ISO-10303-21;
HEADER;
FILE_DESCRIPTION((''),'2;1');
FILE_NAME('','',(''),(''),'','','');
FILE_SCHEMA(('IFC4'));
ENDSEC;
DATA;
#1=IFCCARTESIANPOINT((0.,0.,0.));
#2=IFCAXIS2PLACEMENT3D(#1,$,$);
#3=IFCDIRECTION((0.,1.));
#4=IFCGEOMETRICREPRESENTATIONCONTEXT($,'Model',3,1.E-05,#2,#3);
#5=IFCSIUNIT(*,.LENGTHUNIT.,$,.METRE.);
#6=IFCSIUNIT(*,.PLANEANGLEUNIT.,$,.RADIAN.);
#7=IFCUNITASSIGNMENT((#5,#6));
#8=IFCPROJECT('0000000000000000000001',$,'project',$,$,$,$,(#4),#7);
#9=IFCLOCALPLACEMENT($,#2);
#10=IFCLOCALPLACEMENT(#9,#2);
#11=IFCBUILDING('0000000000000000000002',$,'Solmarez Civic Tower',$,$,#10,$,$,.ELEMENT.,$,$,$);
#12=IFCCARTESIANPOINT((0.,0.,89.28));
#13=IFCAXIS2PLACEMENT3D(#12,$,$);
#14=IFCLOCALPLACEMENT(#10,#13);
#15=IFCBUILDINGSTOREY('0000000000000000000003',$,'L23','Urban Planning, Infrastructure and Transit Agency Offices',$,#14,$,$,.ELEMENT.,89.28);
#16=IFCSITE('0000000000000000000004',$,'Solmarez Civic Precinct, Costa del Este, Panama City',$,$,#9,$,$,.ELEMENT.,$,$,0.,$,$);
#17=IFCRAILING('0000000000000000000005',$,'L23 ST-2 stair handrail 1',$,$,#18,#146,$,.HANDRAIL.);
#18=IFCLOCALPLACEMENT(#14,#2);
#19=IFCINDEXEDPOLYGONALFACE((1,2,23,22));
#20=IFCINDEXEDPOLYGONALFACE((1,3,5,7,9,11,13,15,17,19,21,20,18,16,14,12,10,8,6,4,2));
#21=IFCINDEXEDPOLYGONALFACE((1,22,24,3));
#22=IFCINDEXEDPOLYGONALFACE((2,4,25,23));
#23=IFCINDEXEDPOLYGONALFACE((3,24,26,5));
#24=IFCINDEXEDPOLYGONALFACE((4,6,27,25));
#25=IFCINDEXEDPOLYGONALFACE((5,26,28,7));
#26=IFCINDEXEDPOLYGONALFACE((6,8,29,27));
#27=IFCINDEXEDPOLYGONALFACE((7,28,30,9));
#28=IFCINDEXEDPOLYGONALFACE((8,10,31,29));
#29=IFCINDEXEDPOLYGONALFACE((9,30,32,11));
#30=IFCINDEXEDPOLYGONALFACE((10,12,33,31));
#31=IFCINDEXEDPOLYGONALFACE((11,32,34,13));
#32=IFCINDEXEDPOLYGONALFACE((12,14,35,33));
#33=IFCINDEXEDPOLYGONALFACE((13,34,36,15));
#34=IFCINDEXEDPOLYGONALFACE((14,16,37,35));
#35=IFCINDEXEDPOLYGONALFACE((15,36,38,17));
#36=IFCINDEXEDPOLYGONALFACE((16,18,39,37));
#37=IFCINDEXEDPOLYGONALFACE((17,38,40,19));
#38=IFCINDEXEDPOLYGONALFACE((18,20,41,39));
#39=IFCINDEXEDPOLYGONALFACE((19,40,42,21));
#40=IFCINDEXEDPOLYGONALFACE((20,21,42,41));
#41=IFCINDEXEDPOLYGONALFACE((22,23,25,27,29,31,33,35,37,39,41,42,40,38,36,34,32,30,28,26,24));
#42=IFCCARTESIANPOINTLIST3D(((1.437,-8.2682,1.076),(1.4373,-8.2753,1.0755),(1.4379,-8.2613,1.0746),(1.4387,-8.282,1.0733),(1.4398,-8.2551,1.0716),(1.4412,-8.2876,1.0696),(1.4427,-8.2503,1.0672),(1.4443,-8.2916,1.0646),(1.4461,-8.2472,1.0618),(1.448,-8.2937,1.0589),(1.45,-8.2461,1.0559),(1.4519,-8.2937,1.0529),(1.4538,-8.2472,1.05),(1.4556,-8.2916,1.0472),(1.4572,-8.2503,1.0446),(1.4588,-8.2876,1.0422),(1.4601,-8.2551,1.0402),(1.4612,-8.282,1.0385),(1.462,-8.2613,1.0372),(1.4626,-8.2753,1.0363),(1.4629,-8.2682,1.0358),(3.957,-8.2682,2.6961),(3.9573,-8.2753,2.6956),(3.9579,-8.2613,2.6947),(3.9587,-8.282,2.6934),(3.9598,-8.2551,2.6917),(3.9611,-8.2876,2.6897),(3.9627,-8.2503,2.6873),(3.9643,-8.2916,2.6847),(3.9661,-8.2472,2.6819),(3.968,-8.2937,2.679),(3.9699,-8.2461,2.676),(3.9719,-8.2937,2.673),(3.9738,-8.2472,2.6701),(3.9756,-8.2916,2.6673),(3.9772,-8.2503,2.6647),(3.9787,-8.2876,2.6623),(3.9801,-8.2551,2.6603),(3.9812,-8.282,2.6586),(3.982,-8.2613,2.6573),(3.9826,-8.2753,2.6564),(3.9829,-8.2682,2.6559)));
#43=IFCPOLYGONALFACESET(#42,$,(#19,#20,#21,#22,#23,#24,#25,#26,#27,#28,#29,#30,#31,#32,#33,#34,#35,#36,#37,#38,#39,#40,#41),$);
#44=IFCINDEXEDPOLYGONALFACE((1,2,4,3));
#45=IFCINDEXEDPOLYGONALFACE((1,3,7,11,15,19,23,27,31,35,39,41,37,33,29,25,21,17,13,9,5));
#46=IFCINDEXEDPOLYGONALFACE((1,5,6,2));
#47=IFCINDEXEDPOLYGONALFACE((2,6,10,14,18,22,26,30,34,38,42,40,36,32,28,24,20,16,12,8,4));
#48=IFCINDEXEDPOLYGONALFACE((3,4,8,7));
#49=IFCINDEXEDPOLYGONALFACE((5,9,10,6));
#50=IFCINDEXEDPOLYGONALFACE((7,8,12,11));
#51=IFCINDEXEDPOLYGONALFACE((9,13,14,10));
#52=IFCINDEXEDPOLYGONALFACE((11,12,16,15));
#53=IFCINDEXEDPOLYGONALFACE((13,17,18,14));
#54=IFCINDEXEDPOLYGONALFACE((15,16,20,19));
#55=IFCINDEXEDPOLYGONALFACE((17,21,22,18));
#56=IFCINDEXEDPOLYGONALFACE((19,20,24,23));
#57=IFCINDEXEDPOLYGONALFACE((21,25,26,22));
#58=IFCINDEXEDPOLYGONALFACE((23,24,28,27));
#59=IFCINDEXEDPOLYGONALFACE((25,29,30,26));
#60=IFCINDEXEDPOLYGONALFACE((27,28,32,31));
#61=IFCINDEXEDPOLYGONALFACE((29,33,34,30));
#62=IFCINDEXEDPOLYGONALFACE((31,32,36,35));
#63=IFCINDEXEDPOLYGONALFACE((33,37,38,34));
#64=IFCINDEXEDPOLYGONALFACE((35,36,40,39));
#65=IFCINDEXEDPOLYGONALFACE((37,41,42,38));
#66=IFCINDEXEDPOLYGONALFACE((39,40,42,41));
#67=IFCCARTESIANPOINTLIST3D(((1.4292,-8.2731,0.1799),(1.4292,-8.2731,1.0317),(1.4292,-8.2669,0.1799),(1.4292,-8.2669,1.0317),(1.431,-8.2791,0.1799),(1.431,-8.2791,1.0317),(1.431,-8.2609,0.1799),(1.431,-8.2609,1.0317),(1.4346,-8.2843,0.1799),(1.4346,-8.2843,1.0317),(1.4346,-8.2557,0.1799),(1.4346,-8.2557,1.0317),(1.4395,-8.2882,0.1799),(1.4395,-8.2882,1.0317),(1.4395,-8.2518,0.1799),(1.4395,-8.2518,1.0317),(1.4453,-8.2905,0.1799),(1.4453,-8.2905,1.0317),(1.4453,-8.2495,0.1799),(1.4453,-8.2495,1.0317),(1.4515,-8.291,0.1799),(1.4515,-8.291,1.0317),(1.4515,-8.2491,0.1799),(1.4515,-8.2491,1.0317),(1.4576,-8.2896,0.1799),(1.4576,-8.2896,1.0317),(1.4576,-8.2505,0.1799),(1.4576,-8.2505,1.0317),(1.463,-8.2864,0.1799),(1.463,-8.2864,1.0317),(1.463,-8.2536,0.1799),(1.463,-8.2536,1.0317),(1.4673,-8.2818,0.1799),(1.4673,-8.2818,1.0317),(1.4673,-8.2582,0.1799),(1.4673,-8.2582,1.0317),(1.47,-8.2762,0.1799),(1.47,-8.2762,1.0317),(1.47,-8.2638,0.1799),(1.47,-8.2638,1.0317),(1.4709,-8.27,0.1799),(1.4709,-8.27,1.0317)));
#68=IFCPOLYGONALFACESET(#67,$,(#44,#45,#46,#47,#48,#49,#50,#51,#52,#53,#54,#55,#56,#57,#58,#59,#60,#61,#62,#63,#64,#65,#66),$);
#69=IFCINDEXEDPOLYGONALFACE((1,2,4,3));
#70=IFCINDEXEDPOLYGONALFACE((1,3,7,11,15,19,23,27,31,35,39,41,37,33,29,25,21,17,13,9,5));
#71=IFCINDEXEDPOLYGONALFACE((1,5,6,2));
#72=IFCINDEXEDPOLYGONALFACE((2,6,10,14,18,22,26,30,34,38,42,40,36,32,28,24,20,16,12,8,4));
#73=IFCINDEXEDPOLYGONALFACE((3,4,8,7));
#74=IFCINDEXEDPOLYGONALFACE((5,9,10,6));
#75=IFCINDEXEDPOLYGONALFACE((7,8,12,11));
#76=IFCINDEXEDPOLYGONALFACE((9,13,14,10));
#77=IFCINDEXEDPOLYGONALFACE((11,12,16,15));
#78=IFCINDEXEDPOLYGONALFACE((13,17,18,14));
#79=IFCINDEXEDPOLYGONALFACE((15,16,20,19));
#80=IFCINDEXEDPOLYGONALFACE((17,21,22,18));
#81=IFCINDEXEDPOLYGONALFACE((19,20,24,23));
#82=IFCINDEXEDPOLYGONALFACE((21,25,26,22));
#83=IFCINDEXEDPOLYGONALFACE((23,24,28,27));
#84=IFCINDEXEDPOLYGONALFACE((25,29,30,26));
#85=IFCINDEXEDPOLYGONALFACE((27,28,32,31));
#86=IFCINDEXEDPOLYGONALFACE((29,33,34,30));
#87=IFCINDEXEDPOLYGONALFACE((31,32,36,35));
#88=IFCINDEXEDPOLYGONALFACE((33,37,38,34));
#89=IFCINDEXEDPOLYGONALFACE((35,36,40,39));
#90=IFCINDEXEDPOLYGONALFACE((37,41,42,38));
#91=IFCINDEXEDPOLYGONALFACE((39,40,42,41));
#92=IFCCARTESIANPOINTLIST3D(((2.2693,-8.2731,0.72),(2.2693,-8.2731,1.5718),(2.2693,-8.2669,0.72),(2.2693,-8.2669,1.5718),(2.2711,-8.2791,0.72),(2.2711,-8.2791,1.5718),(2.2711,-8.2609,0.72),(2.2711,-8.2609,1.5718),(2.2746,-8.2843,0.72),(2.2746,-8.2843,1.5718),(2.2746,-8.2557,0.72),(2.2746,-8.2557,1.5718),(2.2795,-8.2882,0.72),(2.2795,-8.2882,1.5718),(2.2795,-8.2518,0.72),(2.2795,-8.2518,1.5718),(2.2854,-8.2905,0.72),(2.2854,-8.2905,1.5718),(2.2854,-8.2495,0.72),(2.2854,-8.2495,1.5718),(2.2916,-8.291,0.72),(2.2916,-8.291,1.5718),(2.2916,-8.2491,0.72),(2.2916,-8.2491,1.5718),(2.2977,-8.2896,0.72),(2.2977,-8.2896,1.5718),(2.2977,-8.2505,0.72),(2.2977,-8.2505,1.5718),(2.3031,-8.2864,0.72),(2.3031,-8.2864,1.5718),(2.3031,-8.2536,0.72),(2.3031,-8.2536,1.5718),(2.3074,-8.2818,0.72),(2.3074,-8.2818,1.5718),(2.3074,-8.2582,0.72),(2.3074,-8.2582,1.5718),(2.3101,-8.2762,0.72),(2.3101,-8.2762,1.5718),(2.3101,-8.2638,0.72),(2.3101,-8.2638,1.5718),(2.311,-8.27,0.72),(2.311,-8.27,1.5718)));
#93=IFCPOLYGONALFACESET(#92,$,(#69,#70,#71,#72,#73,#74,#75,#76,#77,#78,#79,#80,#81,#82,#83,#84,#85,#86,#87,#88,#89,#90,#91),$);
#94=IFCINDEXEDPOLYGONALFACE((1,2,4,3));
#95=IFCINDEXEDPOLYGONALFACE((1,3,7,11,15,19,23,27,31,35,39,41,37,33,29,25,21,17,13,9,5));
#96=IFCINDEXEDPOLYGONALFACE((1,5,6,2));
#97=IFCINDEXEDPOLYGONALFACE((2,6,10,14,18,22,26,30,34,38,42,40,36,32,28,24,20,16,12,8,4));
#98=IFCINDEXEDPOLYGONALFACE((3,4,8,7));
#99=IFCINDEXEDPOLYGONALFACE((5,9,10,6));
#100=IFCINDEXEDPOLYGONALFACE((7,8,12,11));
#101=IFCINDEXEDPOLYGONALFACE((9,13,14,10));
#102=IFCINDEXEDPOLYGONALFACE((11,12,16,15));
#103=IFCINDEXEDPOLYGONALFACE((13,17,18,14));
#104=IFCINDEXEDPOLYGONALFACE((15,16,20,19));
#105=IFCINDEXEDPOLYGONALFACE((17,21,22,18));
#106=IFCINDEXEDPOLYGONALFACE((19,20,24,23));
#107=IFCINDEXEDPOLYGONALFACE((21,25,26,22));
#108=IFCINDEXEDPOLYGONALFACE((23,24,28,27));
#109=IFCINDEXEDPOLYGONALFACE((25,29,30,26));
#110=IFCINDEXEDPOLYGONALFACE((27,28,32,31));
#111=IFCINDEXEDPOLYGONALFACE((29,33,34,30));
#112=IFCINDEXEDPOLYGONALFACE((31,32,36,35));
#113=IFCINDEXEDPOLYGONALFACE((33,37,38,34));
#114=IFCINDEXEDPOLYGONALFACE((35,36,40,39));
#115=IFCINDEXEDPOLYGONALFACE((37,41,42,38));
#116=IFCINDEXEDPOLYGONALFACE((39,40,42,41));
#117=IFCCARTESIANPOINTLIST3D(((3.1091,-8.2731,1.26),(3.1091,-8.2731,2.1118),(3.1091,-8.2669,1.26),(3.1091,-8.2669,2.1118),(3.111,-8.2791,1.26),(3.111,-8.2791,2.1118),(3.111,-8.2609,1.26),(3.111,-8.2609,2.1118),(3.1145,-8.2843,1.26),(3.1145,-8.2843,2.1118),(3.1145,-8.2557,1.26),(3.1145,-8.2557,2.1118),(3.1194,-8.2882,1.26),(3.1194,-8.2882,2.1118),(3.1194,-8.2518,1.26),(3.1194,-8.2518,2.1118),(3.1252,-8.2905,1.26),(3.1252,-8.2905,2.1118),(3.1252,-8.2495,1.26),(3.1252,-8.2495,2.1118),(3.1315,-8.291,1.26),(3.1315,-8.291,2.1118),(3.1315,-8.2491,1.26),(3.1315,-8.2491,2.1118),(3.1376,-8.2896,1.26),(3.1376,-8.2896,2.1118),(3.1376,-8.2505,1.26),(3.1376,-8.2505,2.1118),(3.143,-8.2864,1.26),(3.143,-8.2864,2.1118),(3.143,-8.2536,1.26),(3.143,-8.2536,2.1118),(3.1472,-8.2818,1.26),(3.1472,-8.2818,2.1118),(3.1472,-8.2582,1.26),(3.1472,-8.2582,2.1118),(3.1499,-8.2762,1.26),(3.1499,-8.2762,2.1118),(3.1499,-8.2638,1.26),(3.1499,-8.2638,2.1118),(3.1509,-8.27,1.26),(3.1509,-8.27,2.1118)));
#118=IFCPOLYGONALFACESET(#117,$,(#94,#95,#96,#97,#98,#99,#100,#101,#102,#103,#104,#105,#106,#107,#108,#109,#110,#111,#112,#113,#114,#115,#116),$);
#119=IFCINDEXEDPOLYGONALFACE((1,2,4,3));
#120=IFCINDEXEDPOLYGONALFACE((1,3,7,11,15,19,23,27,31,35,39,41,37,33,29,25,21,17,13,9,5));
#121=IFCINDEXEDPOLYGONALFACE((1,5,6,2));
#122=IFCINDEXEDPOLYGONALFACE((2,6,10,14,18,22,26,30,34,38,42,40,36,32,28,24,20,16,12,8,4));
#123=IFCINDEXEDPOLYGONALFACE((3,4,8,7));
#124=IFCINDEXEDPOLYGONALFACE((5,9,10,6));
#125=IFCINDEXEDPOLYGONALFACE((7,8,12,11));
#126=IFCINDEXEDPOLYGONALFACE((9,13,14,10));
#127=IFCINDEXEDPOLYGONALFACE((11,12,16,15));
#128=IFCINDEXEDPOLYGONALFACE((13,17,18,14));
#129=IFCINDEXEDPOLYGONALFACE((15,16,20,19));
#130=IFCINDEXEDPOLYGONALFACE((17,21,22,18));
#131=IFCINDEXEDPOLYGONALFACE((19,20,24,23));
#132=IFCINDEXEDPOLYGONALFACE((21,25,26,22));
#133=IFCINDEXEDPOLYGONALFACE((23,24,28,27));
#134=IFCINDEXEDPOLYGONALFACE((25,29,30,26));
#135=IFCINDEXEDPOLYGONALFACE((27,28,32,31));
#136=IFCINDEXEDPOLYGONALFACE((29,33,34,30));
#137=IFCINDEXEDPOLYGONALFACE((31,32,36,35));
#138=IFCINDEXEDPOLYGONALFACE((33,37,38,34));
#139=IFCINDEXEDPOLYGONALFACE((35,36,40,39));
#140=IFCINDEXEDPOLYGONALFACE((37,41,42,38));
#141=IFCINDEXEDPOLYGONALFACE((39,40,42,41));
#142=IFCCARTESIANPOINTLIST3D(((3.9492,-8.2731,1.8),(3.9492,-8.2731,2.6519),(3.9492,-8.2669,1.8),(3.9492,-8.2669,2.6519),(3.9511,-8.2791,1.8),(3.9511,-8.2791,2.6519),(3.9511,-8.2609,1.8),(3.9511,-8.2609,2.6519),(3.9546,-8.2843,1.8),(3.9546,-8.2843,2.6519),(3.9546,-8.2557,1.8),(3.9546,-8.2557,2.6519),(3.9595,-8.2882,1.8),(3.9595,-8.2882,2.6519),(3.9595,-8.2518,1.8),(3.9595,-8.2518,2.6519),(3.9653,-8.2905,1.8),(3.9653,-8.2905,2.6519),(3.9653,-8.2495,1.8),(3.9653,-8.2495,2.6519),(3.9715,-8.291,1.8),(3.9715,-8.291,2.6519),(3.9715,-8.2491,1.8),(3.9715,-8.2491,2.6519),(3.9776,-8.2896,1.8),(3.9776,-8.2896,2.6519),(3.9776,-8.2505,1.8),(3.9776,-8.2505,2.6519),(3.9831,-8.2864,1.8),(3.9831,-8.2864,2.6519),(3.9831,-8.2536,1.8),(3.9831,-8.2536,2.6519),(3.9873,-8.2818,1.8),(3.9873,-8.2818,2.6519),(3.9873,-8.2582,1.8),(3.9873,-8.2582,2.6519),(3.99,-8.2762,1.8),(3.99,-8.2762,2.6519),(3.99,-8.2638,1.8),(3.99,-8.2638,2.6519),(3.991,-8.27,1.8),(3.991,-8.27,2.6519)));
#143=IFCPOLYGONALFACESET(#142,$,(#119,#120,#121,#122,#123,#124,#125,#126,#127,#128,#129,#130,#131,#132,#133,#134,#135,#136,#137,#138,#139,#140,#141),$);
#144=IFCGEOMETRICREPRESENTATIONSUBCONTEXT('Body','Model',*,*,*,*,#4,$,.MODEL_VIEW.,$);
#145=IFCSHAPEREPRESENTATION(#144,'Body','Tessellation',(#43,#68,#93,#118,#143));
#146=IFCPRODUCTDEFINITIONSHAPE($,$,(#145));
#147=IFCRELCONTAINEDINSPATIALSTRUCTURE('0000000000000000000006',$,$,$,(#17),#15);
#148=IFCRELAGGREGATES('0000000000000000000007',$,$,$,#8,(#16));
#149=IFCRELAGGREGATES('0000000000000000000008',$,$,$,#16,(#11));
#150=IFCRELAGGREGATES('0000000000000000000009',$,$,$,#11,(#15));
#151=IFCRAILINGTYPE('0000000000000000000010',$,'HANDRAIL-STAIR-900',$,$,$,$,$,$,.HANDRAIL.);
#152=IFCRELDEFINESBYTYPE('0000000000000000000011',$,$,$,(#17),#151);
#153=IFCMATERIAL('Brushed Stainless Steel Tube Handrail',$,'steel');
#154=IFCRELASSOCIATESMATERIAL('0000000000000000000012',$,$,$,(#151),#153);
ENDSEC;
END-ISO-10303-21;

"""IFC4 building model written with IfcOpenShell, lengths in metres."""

from ifc_helpers import new_model, si_unit, direction, frame, origin, origin_2d, place, context, subcontext, project, spatial, circle, extrude, material, type_object, element, save


model = new_model("IFC4")

# Units and contexts
model_context = context("Model", 3, precision=1e-05, world=origin(), true_north=direction((0.0, 1.0)))
body_context = subcontext(model_context, "Body", "Model", "MODEL_VIEW")
ifc_project = project(units=[si_unit("LENGTHUNIT", "METRE"), si_unit("PLANEANGLEUNIT", "RADIAN")], contexts=[model_context])

# Site, building, storey
site_placement = place(None, origin())
site = spatial("IfcSite", under=ifc_project, at=site_placement, Name="Solmarez Civic Precinct, Costa del Este, Panama City", CompositionType="ELEMENT", RefElevation=0.0)
building_placement = place(site_placement, origin())
building = spatial("IfcBuilding", under=site, at=building_placement, Name="Solmarez Civic Tower", CompositionType="ELEMENT")
storey_placement = place(building_placement, frame((0.0, 0.0, 89.28)))
storey = spatial("IfcBuildingStorey", under=building, at=storey_placement, Name="L23", Description="Urban Planning, Infrastructure and Transit Agency Offices", CompositionType="ELEMENT", Elevation=89.28)

# Railing
ifc_material_1 = material(Name="Brushed Stainless Steel Tube Handrail", Category="steel")
railing_type_1 = type_object("IfcRailingType", Name="HANDRAIL-STAIR-900", PredefinedType="HANDRAIL", material=ifc_material_1)
railing_1_placement = place(storey_placement, frame((1.45, -8.27, 0.1799)))
element("IfcRailing", 1, at=railing_1_placement, inside=storey, type_object=railing_type_1, Name="L23 ST-2 stair handrail 1", PredefinedType="HANDRAIL", context=body_context, shape_type="SweptSolid", body=[
    extrude(circle(Radius=0.0239, at=origin_2d()), frame((0.0, 0.0, 0.876), z_axis=(0.841163, 0.0, 0.540782), x_axis=(0.0, 1.0, 0.0)), (0.0, 0.0, 1.0), 2.9958),
    extrude(circle(Radius=0.021, at=origin_2d()), origin(), (0.0, 0.0, 1.0), 0.8518),
    extrude(circle(Radius=0.021, at=origin_2d()), frame((0.8401, 0.0, 0.54)), (0.0, 0.0, 1.0), 0.8518),
    extrude(circle(Radius=0.021, at=origin_2d()), frame((1.6799, 0.0, 1.0801)), (0.0, 0.0, 1.0), 0.8518),
    extrude(circle(Radius=0.021, at=origin_2d()), frame((2.52, 0.0, 1.6201)), (0.0, 0.0, 1.0), 0.8518),
])

save(model, "model.ifc")
